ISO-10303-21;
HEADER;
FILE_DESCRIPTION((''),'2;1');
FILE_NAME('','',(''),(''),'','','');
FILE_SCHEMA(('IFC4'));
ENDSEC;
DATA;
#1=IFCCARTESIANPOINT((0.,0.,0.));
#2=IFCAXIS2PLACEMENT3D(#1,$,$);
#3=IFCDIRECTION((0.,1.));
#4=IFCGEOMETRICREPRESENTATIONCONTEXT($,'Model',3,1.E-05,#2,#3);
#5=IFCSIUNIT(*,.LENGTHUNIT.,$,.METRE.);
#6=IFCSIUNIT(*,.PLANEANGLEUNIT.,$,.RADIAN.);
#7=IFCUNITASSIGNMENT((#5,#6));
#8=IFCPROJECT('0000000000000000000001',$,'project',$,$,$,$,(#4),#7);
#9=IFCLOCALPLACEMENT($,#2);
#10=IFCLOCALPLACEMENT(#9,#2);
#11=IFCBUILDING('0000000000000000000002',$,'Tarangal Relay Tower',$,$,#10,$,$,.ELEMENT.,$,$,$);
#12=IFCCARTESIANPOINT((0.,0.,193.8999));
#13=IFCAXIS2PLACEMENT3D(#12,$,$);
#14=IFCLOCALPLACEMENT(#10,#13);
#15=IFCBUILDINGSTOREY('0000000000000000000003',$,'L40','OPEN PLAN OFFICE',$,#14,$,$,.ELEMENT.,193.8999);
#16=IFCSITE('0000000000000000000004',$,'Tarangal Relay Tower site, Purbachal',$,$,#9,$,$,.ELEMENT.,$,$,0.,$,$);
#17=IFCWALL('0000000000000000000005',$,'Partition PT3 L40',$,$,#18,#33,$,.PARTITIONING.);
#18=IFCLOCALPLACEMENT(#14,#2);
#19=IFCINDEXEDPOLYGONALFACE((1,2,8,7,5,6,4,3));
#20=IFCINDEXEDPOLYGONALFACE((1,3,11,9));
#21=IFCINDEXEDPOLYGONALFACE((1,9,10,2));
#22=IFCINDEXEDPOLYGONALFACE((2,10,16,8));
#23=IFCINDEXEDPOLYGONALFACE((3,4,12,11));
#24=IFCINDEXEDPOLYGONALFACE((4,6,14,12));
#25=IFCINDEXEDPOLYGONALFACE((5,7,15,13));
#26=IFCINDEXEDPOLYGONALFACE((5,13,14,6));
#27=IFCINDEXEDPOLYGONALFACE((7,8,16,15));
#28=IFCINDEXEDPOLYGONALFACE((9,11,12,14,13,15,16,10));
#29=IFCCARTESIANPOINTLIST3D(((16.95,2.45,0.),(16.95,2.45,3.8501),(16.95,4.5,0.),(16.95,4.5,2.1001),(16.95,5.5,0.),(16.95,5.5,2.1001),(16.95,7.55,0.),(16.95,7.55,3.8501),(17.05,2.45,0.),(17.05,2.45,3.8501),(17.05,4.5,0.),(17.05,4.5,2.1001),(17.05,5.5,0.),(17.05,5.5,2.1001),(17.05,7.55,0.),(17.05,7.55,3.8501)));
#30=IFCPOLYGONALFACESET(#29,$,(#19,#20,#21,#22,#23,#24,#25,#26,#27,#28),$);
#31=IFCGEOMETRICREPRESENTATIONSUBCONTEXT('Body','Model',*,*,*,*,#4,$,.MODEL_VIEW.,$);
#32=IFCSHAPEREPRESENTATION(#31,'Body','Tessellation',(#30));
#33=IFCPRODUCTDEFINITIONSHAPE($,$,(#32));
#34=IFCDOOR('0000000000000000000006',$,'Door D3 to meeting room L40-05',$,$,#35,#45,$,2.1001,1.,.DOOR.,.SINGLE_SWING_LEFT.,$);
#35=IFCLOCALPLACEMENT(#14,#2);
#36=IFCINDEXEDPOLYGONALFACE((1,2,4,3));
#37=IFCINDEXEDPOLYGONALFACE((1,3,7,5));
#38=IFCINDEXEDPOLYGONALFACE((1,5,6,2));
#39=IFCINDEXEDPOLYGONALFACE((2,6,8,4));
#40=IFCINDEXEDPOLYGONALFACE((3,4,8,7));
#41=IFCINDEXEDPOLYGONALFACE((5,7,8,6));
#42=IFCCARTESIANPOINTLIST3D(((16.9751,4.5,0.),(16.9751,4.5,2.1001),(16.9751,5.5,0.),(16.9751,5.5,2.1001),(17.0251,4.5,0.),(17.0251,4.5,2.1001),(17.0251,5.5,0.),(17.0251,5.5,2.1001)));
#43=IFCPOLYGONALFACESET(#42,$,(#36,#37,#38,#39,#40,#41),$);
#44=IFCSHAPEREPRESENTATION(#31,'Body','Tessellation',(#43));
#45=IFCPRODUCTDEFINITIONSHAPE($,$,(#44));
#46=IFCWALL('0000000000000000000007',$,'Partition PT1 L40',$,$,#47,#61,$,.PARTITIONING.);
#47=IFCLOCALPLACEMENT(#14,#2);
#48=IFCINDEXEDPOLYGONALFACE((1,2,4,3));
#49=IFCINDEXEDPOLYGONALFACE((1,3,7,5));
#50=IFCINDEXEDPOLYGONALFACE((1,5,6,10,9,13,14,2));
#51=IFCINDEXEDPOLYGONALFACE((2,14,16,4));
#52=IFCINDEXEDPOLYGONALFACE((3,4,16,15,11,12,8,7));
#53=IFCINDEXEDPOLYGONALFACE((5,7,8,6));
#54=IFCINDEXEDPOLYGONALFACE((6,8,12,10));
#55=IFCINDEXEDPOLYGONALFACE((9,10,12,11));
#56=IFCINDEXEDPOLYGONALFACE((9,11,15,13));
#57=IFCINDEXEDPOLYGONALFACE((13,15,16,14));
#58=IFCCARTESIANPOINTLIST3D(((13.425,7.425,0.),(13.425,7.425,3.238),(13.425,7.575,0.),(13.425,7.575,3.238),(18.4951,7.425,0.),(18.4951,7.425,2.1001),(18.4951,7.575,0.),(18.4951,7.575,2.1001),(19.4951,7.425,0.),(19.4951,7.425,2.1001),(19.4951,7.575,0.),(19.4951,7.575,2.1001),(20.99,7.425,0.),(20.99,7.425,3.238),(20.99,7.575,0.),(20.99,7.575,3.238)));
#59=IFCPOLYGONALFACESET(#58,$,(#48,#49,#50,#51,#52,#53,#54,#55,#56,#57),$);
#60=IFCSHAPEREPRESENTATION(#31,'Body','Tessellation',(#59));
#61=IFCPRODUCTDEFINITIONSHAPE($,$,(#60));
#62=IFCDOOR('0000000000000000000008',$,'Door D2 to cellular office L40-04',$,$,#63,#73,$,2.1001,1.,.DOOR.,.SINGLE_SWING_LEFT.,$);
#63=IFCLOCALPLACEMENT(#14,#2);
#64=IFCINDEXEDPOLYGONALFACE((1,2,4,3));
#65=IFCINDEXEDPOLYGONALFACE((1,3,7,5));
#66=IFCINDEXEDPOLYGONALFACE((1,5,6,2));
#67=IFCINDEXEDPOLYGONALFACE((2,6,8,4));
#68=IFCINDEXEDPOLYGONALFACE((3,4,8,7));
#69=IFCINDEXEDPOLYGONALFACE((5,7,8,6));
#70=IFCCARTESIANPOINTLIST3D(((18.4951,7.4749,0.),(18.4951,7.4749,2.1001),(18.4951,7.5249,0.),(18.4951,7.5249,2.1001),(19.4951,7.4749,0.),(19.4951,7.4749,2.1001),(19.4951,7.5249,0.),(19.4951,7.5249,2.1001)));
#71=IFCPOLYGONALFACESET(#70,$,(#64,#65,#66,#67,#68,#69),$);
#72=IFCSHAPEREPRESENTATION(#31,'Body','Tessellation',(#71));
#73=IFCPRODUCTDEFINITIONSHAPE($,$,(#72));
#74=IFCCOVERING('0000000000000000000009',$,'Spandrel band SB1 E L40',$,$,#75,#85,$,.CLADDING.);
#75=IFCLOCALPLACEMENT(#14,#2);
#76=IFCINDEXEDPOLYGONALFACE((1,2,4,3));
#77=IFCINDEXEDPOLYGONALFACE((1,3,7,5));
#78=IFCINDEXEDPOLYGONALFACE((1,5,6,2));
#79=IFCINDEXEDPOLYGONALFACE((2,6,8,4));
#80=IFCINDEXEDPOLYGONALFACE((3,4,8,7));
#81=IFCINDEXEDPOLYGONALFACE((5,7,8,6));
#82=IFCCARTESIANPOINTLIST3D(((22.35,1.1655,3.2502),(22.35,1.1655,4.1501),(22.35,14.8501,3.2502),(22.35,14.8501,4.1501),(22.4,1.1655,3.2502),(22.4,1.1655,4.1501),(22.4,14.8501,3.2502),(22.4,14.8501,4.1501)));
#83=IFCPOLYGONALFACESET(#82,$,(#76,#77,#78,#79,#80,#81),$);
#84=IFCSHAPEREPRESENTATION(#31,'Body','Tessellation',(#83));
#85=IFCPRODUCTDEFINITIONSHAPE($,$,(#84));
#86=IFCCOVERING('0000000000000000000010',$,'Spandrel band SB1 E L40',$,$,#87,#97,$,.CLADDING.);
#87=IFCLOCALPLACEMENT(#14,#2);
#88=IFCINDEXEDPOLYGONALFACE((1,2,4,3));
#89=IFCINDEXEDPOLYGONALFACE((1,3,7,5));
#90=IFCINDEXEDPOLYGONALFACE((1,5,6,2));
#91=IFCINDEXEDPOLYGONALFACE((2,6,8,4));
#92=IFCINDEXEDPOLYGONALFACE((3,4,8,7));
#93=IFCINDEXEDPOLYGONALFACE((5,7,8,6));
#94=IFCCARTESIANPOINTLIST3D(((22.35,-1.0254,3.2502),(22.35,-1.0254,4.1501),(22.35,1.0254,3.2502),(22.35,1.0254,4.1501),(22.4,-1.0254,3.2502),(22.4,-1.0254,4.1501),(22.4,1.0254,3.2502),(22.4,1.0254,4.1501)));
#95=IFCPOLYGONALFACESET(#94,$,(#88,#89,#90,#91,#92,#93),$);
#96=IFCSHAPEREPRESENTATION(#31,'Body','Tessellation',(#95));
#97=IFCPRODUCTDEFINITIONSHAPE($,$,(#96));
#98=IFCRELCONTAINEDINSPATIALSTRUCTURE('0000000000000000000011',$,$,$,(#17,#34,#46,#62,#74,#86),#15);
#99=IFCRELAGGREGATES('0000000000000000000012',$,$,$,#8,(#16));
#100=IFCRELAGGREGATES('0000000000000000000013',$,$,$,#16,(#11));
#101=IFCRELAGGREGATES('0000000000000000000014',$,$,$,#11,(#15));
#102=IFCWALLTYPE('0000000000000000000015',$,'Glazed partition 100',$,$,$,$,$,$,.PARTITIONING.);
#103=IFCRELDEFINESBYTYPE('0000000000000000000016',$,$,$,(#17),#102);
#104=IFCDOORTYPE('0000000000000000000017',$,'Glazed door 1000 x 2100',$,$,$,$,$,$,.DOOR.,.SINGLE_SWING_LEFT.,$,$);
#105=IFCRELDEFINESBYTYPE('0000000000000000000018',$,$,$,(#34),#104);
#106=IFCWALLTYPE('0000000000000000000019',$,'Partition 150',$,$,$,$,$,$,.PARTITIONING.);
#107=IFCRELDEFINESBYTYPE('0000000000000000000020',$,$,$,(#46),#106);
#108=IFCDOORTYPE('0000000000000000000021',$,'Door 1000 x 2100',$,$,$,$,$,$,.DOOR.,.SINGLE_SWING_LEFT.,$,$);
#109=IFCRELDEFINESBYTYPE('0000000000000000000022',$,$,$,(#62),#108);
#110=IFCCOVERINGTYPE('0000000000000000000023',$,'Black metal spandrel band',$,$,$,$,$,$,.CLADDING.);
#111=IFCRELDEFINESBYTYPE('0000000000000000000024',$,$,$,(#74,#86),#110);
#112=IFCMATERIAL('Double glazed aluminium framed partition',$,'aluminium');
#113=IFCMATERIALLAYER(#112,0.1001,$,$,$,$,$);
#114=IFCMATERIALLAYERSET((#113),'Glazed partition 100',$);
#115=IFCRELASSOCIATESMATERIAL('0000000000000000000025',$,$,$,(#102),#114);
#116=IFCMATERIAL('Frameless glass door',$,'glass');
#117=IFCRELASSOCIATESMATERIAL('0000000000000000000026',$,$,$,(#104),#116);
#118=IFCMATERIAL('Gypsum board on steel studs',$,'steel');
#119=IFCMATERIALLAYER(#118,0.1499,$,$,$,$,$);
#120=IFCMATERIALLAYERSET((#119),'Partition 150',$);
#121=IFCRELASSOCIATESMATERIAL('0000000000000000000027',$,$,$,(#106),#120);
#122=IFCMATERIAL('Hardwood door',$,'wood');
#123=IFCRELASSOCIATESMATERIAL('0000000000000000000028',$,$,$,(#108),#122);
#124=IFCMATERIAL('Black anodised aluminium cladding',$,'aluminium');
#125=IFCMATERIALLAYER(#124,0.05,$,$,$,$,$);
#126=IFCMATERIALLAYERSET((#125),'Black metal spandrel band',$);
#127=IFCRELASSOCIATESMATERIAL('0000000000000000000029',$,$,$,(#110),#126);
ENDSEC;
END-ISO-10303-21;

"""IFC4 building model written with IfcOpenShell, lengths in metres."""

from ifc_helpers import new_model, si_unit, direction, frame, frame_2d, origin, origin_2d, place, context, subcontext, project, spatial, rectangle, extrude, material, layer, layer_set, type_object, element, fill, save


model = new_model("IFC4")

# Units and contexts
model_context = context("Model", 3, precision=1e-05, world=origin(), true_north=direction((0.0, 1.0)))
body_context = subcontext(model_context, "Body", "Model", "MODEL_VIEW")
ifc_project = project(units=[si_unit("LENGTHUNIT", "METRE"), si_unit("PLANEANGLEUNIT", "RADIAN")], contexts=[model_context])

# Site, building, storey
site_placement = place(None, origin())
site = spatial("IfcSite", under=ifc_project, at=site_placement, Name="Tarangal Relay Tower site, Purbachal", CompositionType="ELEMENT", RefElevation=0.0)
building_placement = place(site_placement, origin())
building = spatial("IfcBuilding", under=site, at=building_placement, Name="Tarangal Relay Tower", CompositionType="ELEMENT")
storey_placement = place(building_placement, frame((0.0, 0.0, 193.8999)))
storey = spatial("IfcBuildingStorey", under=building, at=storey_placement, Name="L40", Description="OPEN PLAN OFFICE", CompositionType="ELEMENT", Elevation=193.8999)

# Shared definitions
ifc_material_1 = material(Name="Double glazed aluminium framed partition", Category="aluminium")
ifc_layer_1 = layer(ifc_material_1, 0.1001)
ifc_layer_set_1 = layer_set([ifc_layer_1], Name="Glazed partition 100")
wall_type_1 = type_object("IfcWallType", Name="Glazed partition 100", PredefinedType="PARTITIONING", material=ifc_layer_set_1)

# Walls, openings, doors
wall_1_placement = place(storey_placement, frame((17.0, 2.45, 0.0), z_axis=(0.0, 0.0, 1.0), x_axis=(0.0, 1.0, 0.0)))
wall_1 = element("IfcWall", 1, at=wall_1_placement, inside=storey, type_object=wall_type_1, Name="Partition PT3 L40", PredefinedType="PARTITIONING", context=body_context, shape_type="SweptSolid", body=[
    extrude(rectangle(XDim=5.1001, YDim=0.1001, at=frame_2d((2.55, 0.0))), origin(), (0.0, 0.0, 1.0), 3.8501),
])
opening_1_placement = place(wall_1_placement, frame((2.05, 0.0, 0.0)))
opening_1 = element("IfcOpeningElement", 2, at=opening_1_placement, cuts=wall_1, PredefinedType="OPENING", context=body_context, shape_type="SweptSolid", body=[
    extrude(rectangle(XDim=1.0, YDim=2.1001, at=frame_2d((0.5, 1.05))), frame((0.0, 0.0601, 0.0), z_axis=(0.0, -1.0, 0.0), x_axis=(1.0, 0.0, 0.0)), (0.0, 0.0, 1.0), 0.1201),
])
ifc_material_2 = material(Name="Frameless glass door", Category="glass")
door_type_1 = type_object("IfcDoorType", Name="Glazed door 1000 x 2100", OperationType="SINGLE_SWING_LEFT", PredefinedType="DOOR", material=ifc_material_2)
door_1_placement = place(opening_1_placement, origin())
door_1 = element("IfcDoor", 3, at=door_1_placement, inside=storey, type_object=door_type_1, Name="Door D3 to meeting room L40-05", OperationType="SINGLE_SWING_LEFT", OverallHeight=2.1001, OverallWidth=1.0, PredefinedType="DOOR", context=body_context, shape_type="SweptSolid", body=[
    extrude(rectangle(XDim=1.0, YDim=2.1001, at=frame_2d((0.5, 1.05))), frame((0.0, 0.0249, 0.0), z_axis=(0.0, -1.0, 0.0), x_axis=(1.0, 0.0, 0.0)), (0.0, 0.0, 1.0), 0.05),
])
fill(opening_1, door_1)
ifc_material_3 = material(Name="Gypsum board on steel studs", Category="steel")
ifc_layer_2 = layer(ifc_material_3, 0.1499)
ifc_layer_set_2 = layer_set([ifc_layer_2], Name="Partition 150")
wall_type_2 = type_object("IfcWallType", Name="Partition 150", PredefinedType="PARTITIONING", material=ifc_layer_set_2)
wall_2_placement = place(storey_placement, frame((13.425, 7.5, 0.0), z_axis=(0.0, 0.0, 1.0), x_axis=(1.0, 0.0, 0.0)))
wall_2 = element("IfcWall", 4, at=wall_2_placement, inside=storey, type_object=wall_type_2, Name="Partition PT1 L40", PredefinedType="PARTITIONING", context=body_context, shape_type="SweptSolid", body=[
    extrude(rectangle(XDim=7.5649, YDim=0.1499, at=frame_2d((3.7825, 0.0))), origin(), (0.0, 0.0, 1.0), 3.238),
])
opening_2_placement = place(wall_2_placement, frame((5.0701, 0.0, 0.0)))
opening_2 = element("IfcOpeningElement", 5, at=opening_2_placement, cuts=wall_2, PredefinedType="OPENING", context=body_context, shape_type="SweptSolid", body=[
    extrude(rectangle(XDim=1.0, YDim=2.1001, at=frame_2d((0.5, 1.05))), frame((0.0, 0.085, 0.0), z_axis=(0.0, -1.0, 0.0), x_axis=(1.0, 0.0, 0.0)), (0.0, 0.0, 1.0), 0.1699),
])
ifc_material_4 = material(Name="Hardwood door", Category="wood")
door_type_2 = type_object("IfcDoorType", Name="Door 1000 x 2100", OperationType="SINGLE_SWING_LEFT", PredefinedType="DOOR", material=ifc_material_4)
door_2_placement = place(opening_2_placement, origin())
door_2 = element("IfcDoor", 6, at=door_2_placement, inside=storey, type_object=door_type_2, Name="Door D2 to cellular office L40-04", OperationType="SINGLE_SWING_LEFT", OverallHeight=2.1001, OverallWidth=1.0, PredefinedType="DOOR", context=body_context, shape_type="SweptSolid", body=[
    extrude(rectangle(XDim=1.0, YDim=2.1001, at=frame_2d((0.5, 1.05))), frame((0.0, 0.0249, 0.0), z_axis=(0.0, -1.0, 0.0), x_axis=(1.0, 0.0, 0.0)), (0.0, 0.0, 1.0), 0.05),
])
fill(opening_2, door_2)

# Coverings
ifc_material_5 = material(Name="Black anodised aluminium cladding", Category="aluminium")
ifc_layer_3 = layer(ifc_material_5, 0.05)
ifc_layer_set_3 = layer_set([ifc_layer_3], Name="Black metal spandrel band")
covering_type = type_object("IfcCoveringType", Name="Black metal spandrel band", PredefinedType="CLADDING", material=ifc_layer_set_3)
covering_1_placement = place(storey_placement, frame((22.375, 8.0078, 3.2502), z_axis=(0.0, 0.0, 1.0), x_axis=(0.0, -1.0, 0.0)))
element("IfcCovering", 7, at=covering_1_placement, inside=storey, type_object=covering_type, Name="Spandrel band SB1 E L40", PredefinedType="CLADDING", context=body_context, shape_type="SweptSolid", body=[
    extrude(rectangle(XDim=13.6846, YDim=0.05, at=origin_2d()), origin(), (0.0, 0.0, 1.0), 0.8999),
])
covering_2_placement = place(storey_placement, frame((22.375, 0.0, 3.2502), z_axis=(0.0, 0.0, 1.0), x_axis=(0.0, -1.0, 0.0)))
element("IfcCovering", 8, at=covering_2_placement, inside=storey, type_object=covering_type, Name="Spandrel band SB1 E L40", PredefinedType="CLADDING", context=body_context, shape_type="SweptSolid", body=[
    extrude(rectangle(XDim=2.0508, YDim=0.05, at=origin_2d()), origin(), (0.0, 0.0, 1.0), 0.8999),
])

save(model, "model.ifc")
